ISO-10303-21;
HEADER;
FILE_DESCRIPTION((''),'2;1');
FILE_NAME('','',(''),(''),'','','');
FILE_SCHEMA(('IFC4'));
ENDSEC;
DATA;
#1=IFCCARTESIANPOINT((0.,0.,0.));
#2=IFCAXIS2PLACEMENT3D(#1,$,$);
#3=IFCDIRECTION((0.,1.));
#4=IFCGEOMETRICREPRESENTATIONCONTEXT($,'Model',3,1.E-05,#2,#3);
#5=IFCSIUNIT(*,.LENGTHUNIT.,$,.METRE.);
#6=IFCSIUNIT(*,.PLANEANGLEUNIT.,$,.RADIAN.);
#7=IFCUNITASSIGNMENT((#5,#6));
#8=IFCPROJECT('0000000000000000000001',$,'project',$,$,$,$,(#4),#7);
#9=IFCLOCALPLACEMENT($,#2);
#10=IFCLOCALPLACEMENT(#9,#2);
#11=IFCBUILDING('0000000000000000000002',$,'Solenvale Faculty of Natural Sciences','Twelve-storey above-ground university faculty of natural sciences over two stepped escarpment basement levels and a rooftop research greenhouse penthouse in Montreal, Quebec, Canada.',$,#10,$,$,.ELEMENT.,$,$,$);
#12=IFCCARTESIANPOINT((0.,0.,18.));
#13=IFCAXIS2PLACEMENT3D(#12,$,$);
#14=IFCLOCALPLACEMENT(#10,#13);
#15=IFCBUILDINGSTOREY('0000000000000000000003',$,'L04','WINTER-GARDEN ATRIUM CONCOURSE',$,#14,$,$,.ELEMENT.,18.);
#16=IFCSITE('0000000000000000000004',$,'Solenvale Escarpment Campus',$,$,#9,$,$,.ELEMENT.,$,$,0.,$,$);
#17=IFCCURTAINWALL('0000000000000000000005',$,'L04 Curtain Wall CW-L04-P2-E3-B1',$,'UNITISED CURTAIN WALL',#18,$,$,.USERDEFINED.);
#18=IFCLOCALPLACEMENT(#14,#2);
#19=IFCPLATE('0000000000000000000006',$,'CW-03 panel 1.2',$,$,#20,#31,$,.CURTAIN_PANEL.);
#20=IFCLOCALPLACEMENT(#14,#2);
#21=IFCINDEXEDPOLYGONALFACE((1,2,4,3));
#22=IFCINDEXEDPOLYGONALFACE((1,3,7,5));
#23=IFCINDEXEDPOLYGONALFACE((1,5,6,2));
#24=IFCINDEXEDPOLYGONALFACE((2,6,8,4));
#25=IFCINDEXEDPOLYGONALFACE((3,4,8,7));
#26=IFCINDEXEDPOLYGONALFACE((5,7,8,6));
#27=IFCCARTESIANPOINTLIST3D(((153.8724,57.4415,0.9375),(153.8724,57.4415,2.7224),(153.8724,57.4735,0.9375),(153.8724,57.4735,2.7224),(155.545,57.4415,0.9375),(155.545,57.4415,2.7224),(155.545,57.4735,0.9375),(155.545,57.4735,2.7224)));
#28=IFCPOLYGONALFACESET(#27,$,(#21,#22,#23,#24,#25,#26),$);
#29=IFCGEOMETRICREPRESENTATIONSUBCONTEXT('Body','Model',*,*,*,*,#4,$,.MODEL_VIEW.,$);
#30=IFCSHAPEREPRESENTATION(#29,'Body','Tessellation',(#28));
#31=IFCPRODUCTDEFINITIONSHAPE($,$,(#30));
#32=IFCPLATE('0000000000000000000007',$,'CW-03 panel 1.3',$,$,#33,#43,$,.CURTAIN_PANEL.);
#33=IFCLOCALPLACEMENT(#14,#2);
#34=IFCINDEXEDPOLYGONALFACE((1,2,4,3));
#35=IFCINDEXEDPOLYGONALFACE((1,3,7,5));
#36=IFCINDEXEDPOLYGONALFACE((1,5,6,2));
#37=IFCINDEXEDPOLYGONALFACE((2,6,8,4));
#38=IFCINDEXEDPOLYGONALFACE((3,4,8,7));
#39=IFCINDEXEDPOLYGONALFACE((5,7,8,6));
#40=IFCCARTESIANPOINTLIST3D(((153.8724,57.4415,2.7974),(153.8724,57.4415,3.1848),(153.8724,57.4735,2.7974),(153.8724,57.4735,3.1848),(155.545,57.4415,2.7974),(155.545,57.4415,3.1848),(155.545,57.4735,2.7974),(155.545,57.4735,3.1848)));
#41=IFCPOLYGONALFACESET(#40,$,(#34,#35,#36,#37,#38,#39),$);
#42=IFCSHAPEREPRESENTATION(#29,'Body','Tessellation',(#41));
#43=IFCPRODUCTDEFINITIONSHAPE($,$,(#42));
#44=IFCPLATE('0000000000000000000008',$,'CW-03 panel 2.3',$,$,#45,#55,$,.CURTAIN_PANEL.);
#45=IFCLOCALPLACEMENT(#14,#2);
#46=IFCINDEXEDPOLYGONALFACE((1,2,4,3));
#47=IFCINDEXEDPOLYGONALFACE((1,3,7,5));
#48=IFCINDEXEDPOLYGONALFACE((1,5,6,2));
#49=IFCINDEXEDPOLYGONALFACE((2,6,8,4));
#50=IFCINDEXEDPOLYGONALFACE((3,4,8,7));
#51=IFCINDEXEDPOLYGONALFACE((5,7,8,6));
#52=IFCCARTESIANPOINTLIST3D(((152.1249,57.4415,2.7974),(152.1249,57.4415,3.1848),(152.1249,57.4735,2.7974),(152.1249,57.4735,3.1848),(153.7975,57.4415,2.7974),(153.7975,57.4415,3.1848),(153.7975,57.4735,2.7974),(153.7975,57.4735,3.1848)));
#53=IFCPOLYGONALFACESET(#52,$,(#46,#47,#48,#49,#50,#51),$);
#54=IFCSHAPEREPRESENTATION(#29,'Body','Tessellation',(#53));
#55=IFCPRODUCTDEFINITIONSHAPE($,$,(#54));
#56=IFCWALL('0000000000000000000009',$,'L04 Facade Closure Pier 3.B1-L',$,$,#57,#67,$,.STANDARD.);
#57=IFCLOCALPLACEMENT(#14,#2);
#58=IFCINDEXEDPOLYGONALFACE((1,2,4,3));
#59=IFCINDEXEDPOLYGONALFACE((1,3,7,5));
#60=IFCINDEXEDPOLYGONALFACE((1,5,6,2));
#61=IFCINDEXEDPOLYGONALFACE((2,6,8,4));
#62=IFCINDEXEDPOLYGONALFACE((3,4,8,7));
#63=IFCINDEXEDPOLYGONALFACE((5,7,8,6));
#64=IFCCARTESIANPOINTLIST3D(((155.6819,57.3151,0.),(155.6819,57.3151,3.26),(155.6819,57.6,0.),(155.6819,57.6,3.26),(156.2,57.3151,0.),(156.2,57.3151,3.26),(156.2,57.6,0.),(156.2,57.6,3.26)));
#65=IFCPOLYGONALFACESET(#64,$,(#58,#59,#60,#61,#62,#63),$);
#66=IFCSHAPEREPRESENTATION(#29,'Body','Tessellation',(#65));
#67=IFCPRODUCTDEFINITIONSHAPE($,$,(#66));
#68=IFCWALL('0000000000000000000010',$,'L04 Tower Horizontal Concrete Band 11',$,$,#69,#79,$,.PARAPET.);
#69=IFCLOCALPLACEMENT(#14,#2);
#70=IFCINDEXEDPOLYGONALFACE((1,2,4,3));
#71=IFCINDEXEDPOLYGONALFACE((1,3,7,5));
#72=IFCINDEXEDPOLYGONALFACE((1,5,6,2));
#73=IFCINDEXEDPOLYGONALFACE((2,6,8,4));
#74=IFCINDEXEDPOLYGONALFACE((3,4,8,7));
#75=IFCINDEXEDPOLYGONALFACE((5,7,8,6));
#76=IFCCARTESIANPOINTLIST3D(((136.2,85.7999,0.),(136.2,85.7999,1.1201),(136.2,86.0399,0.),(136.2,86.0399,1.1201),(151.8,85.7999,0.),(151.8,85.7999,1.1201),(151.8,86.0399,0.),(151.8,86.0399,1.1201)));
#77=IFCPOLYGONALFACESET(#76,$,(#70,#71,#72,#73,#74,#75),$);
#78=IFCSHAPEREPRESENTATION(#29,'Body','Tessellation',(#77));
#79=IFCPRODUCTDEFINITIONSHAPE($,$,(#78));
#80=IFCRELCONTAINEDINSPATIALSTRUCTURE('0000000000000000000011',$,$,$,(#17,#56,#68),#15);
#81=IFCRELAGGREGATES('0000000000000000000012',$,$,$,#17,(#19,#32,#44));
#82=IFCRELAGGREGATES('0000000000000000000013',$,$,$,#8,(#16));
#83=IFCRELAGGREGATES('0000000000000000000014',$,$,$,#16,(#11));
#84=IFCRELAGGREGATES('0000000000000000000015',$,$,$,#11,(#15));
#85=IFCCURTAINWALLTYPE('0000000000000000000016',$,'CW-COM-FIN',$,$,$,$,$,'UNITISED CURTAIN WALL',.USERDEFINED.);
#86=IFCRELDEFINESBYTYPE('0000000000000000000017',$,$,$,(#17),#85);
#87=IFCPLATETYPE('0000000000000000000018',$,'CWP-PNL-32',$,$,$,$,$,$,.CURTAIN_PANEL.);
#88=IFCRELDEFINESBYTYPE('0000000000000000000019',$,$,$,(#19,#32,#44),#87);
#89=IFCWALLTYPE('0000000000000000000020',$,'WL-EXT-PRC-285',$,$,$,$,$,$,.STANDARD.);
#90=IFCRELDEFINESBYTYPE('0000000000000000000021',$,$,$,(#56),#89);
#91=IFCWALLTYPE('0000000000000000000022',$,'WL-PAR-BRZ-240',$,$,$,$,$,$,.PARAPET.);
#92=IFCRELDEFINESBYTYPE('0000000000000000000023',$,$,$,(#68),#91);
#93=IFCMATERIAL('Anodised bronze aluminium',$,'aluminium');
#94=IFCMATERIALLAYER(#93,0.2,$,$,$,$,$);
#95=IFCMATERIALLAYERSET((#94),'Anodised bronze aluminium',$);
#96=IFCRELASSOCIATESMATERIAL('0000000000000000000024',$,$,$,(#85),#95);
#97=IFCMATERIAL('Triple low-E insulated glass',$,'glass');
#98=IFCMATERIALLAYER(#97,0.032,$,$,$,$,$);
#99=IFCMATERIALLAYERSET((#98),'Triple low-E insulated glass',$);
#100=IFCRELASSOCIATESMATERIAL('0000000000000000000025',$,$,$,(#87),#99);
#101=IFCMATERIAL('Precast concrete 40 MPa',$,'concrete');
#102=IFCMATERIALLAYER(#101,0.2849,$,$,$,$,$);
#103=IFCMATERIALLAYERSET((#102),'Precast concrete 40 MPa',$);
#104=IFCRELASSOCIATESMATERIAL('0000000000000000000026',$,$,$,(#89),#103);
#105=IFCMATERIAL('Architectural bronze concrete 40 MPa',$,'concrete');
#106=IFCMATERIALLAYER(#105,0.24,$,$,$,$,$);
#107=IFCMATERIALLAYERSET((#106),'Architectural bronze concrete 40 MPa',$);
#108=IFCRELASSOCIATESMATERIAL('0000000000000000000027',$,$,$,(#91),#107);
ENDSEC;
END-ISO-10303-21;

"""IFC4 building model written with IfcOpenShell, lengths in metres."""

from ifc_helpers import new_model, si_unit, direction, frame, frame_2d, origin, origin_2d, place, context, subcontext, project, spatial, rectangle, extrude, material, layer, layer_set, type_object, element, aggregate, save


model = new_model("IFC4")

# Units and contexts
model_context = context("Model", 3, precision=1e-05, world=origin(), true_north=direction((0.0, 1.0)))
body_context = subcontext(model_context, "Body", "Model", "MODEL_VIEW")
ifc_project = project(units=[si_unit("LENGTHUNIT", "METRE"), si_unit("PLANEANGLEUNIT", "RADIAN")], contexts=[model_context])

# Site, building, storey
site_placement = place(None, origin())
site = spatial("IfcSite", under=ifc_project, at=site_placement, Name="Solenvale Escarpment Campus", CompositionType="ELEMENT", RefElevation=0.0)
building_placement = place(site_placement, origin())
building = spatial("IfcBuilding", under=site, at=building_placement, Name="Solenvale Faculty of Natural Sciences", Description="Twelve-storey above-ground university faculty of natural sciences over two stepped escarpment basement levels and a rooftop research greenhouse penthouse in Montreal, Quebec, Canada.", CompositionType="ELEMENT")
storey_placement = place(building_placement, frame((0.0, 0.0, 18.0)))
storey = spatial("IfcBuildingStorey", under=building, at=storey_placement, Name="L04", Description="WINTER-GARDEN ATRIUM CONCOURSE", CompositionType="ELEMENT", Elevation=18.0)

# Curtain wall, plates
ifc_material_1 = material(Name="Anodised bronze aluminium", Category="aluminium")
ifc_layer_1 = layer(ifc_material_1, 0.2)
ifc_layer_set_1 = layer_set([ifc_layer_1], Name="Anodised bronze aluminium")
curtain_wall_type = type_object("IfcCurtainWallType", Name="CW-COM-FIN", ElementType="UNITISED CURTAIN WALL", PredefinedType="USERDEFINED", material=ifc_layer_set_1)
curtain_wall_placement = place(storey_placement, origin())
curtain_wall = element("IfcCurtainWall", 1, at=curtain_wall_placement, inside=storey, type_object=curtain_wall_type, Name="L04 Curtain Wall CW-L04-P2-E3-B1", ObjectType="UNITISED CURTAIN WALL", PredefinedType="USERDEFINED")
ifc_material_2 = material(Name="Triple low-E insulated glass", Category="glass")
ifc_layer_2 = layer(ifc_material_2, 0.032)
ifc_layer_set_2 = layer_set([ifc_layer_2], Name="Triple low-E insulated glass")
plate_type = type_object("IfcPlateType", Name="CWP-PNL-32", PredefinedType="CURTAIN_PANEL", material=ifc_layer_set_2)
plate_1_placement = place(storey_placement, frame((154.7087, 57.4575, 0.9375), z_axis=(0.0, 0.0, 1.0), x_axis=(-1.0, 0.0, 0.0)))
plate_1 = element("IfcPlate", 2, at=plate_1_placement, type_object=plate_type, Name="CW-03 panel 1.2", PredefinedType="CURTAIN_PANEL", context=body_context, shape_type="SweptSolid", body=[
    extrude(rectangle(XDim=1.6726, YDim=0.032, at=origin_2d()), origin(), (0.0, 0.0, 1.0), 1.7849),
])
plate_2_placement = place(storey_placement, frame((154.7087, 57.4575, 2.7974), z_axis=(0.0, 0.0, 1.0), x_axis=(-1.0, 0.0, 0.0)))
plate_2 = element("IfcPlate", 3, at=plate_2_placement, type_object=plate_type, Name="CW-03 panel 1.3", PredefinedType="CURTAIN_PANEL", context=body_context, shape_type="SweptSolid", body=[
    extrude(rectangle(XDim=1.6726, YDim=0.032, at=origin_2d()), origin(), (0.0, 0.0, 1.0), 0.3875),
])
plate_3_placement = place(storey_placement, frame((152.9612, 57.4575, 2.7974), z_axis=(0.0, 0.0, 1.0), x_axis=(-1.0, 0.0, 0.0)))
plate_3 = element("IfcPlate", 4, at=plate_3_placement, type_object=plate_type, Name="CW-03 panel 2.3", PredefinedType="CURTAIN_PANEL", context=body_context, shape_type="SweptSolid", body=[
    extrude(rectangle(XDim=1.6726, YDim=0.032, at=origin_2d()), origin(), (0.0, 0.0, 1.0), 0.3875),
])
aggregate(curtain_wall, [plate_1, plate_2, plate_3])

# Walls
ifc_material_3 = material(Name="Precast concrete 40 MPa", Category="concrete")
ifc_layer_3 = layer(ifc_material_3, 0.2849)
ifc_layer_set_3 = layer_set([ifc_layer_3], Name="Precast concrete 40 MPa")
wall_type_1 = type_object("IfcWallType", Name="WL-EXT-PRC-285", PredefinedType="STANDARD", material=ifc_layer_set_3)
wall_1_placement = place(storey_placement, frame((156.2, 57.4575, 0.0), z_axis=(0.0, 0.0, 1.0), x_axis=(-1.0, 0.0, 0.0)))
element("IfcWall", 5, at=wall_1_placement, inside=storey, type_object=wall_type_1, Name="L04 Facade Closure Pier 3.B1-L", PredefinedType="STANDARD", context=body_context, shape_type="SweptSolid", body=[
    extrude(rectangle(XDim=0.5181, YDim=0.2849, at=frame_2d((0.259, 0.0))), origin(), (0.0, 0.0, 1.0), 3.26),
])
ifc_material_4 = material(Name="Architectural bronze concrete 40 MPa", Category="concrete")
ifc_layer_4 = layer(ifc_material_4, 0.24)
ifc_layer_set_4 = layer_set([ifc_layer_4], Name="Architectural bronze concrete 40 MPa")
wall_type_2 = type_object("IfcWallType", Name="WL-PAR-BRZ-240", PredefinedType="PARAPET", material=ifc_layer_set_4)
wall_2_placement = place(storey_placement, frame((151.8, 85.9199, 0.0), z_axis=(0.0, 0.0, 1.0), x_axis=(-1.0, 0.0, 0.0)))
element("IfcWall", 6, at=wall_2_placement, inside=storey, type_object=wall_type_2, Name="L04 Tower Horizontal Concrete Band 11", PredefinedType="PARAPET", context=body_context, shape_type="SweptSolid", body=[
    extrude(rectangle(XDim=15.6001, YDim=0.24, at=frame_2d((7.8, 0.0))), origin(), (0.0, 0.0, 1.0), 1.1201),
])

save(model, "model.ifc")
